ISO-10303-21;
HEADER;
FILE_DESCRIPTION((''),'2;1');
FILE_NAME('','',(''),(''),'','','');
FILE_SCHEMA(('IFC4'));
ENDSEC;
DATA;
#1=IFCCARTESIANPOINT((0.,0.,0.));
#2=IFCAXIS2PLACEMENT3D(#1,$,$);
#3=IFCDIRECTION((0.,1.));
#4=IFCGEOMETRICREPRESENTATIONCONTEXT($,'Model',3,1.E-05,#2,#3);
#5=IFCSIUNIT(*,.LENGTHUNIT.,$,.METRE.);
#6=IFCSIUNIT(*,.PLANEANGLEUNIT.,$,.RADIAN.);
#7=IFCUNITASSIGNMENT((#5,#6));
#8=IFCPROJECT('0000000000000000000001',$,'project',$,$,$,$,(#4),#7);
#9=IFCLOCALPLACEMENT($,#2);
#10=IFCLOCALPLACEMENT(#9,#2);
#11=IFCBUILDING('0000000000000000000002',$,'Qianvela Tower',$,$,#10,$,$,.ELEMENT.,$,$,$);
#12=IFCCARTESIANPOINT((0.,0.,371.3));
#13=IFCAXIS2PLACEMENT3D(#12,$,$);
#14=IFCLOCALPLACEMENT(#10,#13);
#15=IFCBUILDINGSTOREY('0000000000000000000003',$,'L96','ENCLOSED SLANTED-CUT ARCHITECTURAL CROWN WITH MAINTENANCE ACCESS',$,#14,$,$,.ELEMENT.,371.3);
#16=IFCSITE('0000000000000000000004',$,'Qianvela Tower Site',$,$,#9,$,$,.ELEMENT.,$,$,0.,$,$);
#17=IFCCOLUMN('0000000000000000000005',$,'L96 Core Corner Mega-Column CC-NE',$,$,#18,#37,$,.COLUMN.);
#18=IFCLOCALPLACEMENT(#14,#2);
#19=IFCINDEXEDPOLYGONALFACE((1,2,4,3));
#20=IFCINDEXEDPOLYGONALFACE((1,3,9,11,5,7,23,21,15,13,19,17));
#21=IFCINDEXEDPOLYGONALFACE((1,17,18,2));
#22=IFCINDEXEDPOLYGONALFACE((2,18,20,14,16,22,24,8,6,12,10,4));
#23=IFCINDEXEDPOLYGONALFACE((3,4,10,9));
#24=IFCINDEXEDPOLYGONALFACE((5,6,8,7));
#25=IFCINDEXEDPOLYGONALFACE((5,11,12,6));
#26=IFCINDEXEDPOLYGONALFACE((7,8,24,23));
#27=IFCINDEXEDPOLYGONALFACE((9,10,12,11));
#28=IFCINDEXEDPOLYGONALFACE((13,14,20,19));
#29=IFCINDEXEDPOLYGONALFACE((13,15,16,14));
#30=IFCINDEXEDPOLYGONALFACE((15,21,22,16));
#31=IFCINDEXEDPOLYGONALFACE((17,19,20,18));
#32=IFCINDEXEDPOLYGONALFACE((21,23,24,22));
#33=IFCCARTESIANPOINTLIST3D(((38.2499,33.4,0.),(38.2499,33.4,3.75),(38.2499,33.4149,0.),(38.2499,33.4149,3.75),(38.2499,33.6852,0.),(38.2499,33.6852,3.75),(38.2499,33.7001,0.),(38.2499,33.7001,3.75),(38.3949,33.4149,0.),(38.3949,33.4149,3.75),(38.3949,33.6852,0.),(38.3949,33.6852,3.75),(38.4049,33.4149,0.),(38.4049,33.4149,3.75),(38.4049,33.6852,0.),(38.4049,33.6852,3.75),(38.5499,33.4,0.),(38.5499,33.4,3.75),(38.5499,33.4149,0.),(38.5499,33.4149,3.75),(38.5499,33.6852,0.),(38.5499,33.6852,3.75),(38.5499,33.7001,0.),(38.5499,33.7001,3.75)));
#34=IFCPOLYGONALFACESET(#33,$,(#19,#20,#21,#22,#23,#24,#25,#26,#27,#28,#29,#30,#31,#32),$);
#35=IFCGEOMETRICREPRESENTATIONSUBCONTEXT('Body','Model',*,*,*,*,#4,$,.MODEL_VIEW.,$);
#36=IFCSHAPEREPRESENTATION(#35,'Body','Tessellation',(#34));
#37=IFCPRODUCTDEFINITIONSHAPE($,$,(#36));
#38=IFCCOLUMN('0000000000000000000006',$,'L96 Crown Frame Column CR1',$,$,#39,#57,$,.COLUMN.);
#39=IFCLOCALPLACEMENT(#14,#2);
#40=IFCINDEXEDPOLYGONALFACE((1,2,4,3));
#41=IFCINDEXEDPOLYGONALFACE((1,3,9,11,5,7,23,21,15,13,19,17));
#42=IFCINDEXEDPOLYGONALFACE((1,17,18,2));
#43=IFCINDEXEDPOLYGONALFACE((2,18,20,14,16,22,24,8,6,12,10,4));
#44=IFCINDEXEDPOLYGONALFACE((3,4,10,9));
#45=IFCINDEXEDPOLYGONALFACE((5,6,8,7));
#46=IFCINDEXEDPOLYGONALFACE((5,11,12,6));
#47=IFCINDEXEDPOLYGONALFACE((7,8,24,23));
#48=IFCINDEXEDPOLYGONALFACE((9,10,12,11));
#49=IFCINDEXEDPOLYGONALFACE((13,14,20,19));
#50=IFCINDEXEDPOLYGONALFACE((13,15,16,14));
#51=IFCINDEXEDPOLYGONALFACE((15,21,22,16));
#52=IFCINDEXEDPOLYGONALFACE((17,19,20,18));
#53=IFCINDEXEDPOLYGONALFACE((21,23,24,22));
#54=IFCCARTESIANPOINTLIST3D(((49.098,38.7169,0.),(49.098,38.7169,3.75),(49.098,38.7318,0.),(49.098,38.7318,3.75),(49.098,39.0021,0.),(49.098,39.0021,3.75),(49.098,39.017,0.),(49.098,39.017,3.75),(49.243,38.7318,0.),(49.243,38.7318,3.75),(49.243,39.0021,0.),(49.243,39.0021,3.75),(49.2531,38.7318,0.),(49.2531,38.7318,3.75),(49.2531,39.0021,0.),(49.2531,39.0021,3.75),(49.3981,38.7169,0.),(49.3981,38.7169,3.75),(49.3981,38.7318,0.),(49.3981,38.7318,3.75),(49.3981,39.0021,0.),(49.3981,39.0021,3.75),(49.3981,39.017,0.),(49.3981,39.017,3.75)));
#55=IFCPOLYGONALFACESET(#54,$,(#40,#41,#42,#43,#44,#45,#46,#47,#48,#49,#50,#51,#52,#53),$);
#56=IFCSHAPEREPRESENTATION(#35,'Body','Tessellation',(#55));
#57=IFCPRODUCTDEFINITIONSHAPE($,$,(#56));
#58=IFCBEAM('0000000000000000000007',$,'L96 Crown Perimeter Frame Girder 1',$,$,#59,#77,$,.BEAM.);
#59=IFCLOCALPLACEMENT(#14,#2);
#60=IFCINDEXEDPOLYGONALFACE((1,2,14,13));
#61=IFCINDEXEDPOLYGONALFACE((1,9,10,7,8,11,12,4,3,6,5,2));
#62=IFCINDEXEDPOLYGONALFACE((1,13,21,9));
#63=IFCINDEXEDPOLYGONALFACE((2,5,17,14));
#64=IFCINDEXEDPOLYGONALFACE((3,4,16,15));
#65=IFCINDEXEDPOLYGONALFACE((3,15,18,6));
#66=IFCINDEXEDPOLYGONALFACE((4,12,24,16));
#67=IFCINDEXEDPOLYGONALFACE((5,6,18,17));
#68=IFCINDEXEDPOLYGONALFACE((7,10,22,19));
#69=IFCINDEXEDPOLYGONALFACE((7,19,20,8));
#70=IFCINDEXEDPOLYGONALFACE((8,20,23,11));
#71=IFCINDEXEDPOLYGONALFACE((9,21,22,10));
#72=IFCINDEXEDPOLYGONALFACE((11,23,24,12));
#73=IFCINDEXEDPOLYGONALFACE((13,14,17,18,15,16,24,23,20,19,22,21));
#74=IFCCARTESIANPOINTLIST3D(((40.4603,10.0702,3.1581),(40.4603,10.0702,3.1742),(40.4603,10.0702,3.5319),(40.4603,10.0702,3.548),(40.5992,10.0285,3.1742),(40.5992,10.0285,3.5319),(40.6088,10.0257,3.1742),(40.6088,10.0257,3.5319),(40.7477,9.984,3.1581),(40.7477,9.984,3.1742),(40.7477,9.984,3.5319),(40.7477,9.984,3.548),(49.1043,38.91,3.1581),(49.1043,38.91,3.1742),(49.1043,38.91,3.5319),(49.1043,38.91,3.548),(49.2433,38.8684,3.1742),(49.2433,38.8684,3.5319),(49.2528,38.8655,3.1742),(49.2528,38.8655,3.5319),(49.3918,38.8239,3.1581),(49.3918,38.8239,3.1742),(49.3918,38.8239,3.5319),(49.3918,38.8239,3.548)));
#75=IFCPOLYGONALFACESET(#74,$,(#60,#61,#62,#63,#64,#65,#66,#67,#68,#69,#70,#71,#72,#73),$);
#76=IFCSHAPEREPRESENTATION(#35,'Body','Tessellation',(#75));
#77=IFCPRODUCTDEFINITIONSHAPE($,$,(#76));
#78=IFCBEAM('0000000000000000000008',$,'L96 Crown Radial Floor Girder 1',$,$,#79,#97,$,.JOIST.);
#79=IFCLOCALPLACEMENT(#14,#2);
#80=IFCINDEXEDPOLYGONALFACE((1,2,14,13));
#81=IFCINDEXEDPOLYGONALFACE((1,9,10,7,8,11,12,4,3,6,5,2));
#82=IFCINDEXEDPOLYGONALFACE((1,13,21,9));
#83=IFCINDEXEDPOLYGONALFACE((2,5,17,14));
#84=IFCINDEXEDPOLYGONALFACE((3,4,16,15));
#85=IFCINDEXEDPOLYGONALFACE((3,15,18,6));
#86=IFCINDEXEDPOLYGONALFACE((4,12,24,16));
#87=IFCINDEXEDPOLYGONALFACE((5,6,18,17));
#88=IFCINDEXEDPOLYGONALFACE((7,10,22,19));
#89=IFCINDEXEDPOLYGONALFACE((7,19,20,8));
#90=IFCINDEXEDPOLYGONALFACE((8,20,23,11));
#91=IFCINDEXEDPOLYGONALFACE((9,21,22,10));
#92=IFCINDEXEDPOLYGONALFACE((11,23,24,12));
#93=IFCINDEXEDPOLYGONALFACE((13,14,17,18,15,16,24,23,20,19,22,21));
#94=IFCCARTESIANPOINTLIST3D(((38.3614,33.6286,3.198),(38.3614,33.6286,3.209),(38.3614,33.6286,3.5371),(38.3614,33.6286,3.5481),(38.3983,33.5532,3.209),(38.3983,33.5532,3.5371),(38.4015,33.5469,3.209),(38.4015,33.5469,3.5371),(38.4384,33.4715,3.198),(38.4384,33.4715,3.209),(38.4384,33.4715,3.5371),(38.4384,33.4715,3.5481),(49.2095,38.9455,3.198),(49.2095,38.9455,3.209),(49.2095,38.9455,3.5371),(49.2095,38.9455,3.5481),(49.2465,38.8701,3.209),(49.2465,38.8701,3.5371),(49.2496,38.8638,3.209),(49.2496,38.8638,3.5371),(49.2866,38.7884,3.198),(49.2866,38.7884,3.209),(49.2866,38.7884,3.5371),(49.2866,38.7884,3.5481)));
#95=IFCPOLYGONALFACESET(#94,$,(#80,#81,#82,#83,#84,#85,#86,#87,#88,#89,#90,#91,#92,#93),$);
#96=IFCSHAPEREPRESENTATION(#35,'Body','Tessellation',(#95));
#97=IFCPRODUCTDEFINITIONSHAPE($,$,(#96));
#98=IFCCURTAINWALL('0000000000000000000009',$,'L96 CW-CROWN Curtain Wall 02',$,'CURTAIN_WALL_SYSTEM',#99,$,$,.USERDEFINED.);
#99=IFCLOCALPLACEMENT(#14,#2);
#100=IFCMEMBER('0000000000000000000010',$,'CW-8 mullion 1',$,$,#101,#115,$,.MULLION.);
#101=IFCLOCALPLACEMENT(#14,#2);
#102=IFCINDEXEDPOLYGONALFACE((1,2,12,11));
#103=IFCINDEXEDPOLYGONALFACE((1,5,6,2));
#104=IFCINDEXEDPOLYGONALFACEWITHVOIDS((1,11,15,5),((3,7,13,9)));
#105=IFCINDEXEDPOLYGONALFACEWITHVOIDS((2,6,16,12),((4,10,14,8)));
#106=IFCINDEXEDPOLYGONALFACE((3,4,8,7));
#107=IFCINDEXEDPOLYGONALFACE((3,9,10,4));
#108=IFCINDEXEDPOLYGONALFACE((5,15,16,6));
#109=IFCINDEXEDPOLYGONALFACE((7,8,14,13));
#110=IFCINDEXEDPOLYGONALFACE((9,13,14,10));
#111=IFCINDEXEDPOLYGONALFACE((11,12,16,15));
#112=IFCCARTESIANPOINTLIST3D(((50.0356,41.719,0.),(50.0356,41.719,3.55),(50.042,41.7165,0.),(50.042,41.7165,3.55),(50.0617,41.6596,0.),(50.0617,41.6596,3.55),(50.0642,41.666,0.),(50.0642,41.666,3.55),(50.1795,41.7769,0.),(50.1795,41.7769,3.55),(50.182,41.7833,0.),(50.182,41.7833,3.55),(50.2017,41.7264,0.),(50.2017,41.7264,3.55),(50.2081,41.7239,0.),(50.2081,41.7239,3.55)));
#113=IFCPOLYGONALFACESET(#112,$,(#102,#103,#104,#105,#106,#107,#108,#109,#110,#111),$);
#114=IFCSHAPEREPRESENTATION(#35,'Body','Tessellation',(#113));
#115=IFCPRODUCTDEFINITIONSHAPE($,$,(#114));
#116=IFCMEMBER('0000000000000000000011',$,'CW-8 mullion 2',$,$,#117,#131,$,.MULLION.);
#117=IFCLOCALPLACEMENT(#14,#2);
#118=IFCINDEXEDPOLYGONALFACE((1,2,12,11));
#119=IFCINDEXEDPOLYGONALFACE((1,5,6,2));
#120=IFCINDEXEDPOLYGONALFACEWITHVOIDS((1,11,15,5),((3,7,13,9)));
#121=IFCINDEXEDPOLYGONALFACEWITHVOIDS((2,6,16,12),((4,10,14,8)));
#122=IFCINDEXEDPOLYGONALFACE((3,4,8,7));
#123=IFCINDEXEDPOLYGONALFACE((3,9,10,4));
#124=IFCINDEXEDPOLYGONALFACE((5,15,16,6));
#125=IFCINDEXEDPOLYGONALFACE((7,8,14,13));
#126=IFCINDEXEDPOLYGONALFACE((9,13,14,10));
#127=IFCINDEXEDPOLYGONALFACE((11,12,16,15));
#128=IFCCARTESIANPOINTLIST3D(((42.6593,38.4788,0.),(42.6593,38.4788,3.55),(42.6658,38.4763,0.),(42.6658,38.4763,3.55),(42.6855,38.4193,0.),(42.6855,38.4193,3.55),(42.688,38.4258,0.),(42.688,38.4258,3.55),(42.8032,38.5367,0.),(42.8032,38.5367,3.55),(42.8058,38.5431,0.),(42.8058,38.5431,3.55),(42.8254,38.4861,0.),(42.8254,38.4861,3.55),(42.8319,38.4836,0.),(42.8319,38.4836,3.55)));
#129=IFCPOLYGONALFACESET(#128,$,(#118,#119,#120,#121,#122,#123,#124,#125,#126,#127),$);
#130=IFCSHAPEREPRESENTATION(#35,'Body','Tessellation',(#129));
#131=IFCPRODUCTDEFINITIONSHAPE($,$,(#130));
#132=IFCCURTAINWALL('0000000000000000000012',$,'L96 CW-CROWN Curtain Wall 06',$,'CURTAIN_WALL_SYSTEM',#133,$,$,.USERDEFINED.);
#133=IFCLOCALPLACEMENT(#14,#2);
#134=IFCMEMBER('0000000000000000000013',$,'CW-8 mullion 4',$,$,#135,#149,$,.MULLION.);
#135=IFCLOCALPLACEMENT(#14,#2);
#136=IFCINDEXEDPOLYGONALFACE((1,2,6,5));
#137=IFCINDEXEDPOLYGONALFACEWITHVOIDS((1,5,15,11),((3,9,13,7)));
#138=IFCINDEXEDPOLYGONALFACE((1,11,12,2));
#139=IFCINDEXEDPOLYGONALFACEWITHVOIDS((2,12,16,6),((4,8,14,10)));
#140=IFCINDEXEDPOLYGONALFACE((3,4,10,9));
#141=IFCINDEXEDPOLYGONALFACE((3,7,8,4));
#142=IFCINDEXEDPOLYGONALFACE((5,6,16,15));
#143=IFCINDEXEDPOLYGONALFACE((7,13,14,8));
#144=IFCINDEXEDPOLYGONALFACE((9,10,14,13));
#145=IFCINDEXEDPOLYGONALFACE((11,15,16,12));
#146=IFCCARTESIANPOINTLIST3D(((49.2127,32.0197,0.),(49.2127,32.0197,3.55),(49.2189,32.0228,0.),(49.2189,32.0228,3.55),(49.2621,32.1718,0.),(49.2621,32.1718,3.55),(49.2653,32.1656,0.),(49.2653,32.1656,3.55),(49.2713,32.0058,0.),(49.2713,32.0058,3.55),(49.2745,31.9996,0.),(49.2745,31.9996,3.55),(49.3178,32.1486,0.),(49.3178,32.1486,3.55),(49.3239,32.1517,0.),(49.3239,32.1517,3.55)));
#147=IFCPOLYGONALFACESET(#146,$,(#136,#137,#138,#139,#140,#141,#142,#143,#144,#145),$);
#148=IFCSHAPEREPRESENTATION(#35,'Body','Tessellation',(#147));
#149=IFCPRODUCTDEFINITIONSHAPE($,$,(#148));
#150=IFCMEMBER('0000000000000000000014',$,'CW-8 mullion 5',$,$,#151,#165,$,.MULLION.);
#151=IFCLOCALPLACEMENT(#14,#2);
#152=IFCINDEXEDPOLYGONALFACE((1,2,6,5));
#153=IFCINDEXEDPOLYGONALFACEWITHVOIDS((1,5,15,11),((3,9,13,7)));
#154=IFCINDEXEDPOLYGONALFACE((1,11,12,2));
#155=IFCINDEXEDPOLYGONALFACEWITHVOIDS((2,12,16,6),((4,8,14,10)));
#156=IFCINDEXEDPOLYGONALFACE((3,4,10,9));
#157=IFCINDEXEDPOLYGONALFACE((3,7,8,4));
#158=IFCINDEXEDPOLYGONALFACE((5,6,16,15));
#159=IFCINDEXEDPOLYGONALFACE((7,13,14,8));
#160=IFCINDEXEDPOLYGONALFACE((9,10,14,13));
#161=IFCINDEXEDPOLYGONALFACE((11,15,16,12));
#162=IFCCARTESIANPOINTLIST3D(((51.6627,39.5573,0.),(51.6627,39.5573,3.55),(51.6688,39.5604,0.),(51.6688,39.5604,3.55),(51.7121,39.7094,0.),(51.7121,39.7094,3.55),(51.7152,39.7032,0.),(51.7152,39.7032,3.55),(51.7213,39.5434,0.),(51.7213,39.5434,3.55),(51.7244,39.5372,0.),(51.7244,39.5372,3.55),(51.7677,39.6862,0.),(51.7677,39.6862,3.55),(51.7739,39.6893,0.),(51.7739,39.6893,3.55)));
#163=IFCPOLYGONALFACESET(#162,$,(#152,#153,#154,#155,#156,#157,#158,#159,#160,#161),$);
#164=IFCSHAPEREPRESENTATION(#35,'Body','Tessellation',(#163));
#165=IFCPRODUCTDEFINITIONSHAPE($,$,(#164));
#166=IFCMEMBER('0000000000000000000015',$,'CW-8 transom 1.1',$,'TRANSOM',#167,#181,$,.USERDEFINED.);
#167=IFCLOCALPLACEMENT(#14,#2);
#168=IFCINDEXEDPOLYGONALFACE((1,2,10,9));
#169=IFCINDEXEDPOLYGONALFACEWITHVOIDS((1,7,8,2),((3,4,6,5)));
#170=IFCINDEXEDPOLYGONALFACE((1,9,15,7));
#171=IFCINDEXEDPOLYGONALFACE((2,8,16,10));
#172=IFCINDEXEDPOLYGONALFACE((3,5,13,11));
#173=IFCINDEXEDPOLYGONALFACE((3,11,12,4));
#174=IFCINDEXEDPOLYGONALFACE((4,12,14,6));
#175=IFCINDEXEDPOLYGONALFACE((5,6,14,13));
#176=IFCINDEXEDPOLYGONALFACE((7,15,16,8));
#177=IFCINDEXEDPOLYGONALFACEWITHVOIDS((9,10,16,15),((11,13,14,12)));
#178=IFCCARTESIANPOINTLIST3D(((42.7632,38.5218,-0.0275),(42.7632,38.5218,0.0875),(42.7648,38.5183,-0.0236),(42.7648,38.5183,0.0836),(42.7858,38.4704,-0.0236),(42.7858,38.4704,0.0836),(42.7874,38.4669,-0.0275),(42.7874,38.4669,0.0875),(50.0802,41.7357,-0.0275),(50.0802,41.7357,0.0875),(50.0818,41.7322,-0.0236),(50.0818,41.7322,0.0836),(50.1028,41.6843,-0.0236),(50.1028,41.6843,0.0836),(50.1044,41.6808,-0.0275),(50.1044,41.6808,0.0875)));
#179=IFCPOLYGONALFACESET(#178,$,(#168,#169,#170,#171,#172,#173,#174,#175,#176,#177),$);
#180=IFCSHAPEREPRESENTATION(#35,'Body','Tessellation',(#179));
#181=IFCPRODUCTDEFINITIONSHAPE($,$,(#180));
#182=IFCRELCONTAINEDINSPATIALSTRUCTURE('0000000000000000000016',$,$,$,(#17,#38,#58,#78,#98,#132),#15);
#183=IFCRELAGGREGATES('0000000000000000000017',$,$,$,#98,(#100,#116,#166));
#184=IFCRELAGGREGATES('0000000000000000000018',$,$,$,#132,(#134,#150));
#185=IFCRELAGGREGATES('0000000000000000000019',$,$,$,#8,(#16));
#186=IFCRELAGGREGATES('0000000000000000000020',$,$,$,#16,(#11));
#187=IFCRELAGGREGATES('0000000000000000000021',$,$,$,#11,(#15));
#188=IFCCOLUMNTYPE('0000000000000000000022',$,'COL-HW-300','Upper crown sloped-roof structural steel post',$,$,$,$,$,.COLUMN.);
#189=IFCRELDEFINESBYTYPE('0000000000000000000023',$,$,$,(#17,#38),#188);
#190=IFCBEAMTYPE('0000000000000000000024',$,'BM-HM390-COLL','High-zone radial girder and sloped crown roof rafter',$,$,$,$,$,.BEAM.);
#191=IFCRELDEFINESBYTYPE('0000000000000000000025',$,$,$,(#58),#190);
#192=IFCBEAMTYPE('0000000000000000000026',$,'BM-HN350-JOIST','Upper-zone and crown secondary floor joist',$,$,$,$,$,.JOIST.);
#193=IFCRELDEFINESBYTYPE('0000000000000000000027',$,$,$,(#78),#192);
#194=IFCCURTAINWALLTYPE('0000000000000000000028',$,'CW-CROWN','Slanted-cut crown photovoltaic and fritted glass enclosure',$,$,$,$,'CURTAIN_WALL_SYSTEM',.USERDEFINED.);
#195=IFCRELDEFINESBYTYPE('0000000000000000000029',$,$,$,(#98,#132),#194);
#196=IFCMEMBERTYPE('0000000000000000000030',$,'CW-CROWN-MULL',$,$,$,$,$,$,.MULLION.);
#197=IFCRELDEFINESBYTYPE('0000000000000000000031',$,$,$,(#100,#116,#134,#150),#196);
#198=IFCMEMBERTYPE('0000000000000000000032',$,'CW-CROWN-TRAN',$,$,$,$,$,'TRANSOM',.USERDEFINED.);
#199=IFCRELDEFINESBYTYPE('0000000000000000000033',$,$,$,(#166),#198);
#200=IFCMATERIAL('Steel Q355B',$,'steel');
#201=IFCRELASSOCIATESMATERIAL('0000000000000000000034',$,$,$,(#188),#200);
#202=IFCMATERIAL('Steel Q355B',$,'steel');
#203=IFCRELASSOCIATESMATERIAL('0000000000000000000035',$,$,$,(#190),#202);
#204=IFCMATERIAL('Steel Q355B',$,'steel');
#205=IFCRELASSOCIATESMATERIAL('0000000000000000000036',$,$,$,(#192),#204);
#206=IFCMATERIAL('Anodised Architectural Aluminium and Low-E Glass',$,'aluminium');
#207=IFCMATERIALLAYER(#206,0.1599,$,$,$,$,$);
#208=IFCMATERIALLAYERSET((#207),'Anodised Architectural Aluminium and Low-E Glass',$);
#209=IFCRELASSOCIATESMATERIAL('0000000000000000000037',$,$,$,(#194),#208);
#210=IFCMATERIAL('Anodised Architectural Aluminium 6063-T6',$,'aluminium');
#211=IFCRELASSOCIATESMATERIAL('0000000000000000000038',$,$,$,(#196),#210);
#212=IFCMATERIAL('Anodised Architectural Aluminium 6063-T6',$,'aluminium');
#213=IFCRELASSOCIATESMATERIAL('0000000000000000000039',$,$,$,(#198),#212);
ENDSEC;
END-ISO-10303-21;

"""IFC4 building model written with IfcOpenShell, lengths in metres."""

from ifc_helpers import new_model, si_unit, direction, frame, origin, origin_2d, place, context, subcontext, project, spatial, hollow_rectangle, i_section, extrude, material, layer, layer_set, material_profile, profile_set, type_object, element, aggregate, save


model = new_model("IFC4")

# Units and contexts
model_context = context("Model", 3, precision=1e-05, world=origin(), true_north=direction((0.0, 1.0)))
body_context = subcontext(model_context, "Body", "Model", "MODEL_VIEW")
ifc_project = project(units=[si_unit("LENGTHUNIT", "METRE"), si_unit("PLANEANGLEUNIT", "RADIAN")], contexts=[model_context])

# Site, building, storey
site_placement = place(None, origin())
site = spatial("IfcSite", under=ifc_project, at=site_placement, Name="Qianvela Tower Site", CompositionType="ELEMENT", RefElevation=0.0)
building_placement = place(site_placement, origin())
building = spatial("IfcBuilding", under=site, at=building_placement, Name="Qianvela Tower", CompositionType="ELEMENT")
storey_placement = place(building_placement, frame((0.0, 0.0, 371.3)))
storey = spatial("IfcBuildingStorey", under=building, at=storey_placement, Name="L96", Description="ENCLOSED SLANTED-CUT ARCHITECTURAL CROWN WITH MAINTENANCE ACCESS", CompositionType="ELEMENT", Elevation=371.3)

# Columns
ifc_material_1 = material(Name="Steel Q355B", Category="steel")
ifc_material_profile_1 = material_profile(ifc_material_1, i_section(OverallWidth=0.3, OverallDepth=0.3, WebThickness=0.01, FlangeThickness=0.0149, at=origin_2d()), Name="HW300x300x10x15")
ifc_profile_set_1 = profile_set([ifc_material_profile_1], Name="Steel Q355B")
column_type = type_object("IfcColumnType", Name="COL-HW-300", Description="Upper crown sloped-roof structural steel post", PredefinedType="COLUMN", material=ifc_profile_set_1)
for number, where, z_axis, x_axis, name in (
    (1, (38.3999, 33.55, 0.0), (0.0, 0.0, 1.0), (1.0, 0.0, 0.0), "L96 Core Corner Mega-Column CC-NE"),
    (2, (49.248, 38.8669, 0.0), (0.0, 0.0, 1.0), (1.0, 0.0, 0.0), "L96 Crown Frame Column CR1"),
):
    element("IfcColumn", number, at=place(storey_placement, frame(where, z_axis=z_axis, x_axis=x_axis)), inside=storey, type_object=column_type, Name=name, PredefinedType="COLUMN", context=body_context, shape_type="SweptSolid", body=[
        extrude(i_section(OverallWidth=0.3, OverallDepth=0.3, WebThickness=0.01, FlangeThickness=0.0149, at=origin_2d()), origin(), (0.0, 0.0, 1.0), 3.75),
    ])

# Beams
ifc_material_2 = material(Name="Steel Q355B", Category="steel")
ifc_material_profile_2 = material_profile(ifc_material_2, i_section(OverallWidth=0.3, OverallDepth=0.3899, WebThickness=0.01, FlangeThickness=0.0161, at=origin_2d()), Name="HM390x300x10x16")
ifc_profile_set_2 = profile_set([ifc_material_profile_2], Name="Steel Q355B")
beam_type_1 = type_object("IfcBeamType", Name="BM-HM390-COLL", Description="High-zone radial girder and sloped crown roof rafter", PredefinedType="BEAM", material=ifc_profile_set_2)
beam_1_placement = place(storey_placement, frame((49.248, 38.8669, 3.353), z_axis=(-0.287107, -0.957899, 0.0), x_axis=(0.957899, -0.287107, 0.0)))
element("IfcBeam", 3, at=beam_1_placement, inside=storey, type_object=beam_type_1, Name="L96 Crown Perimeter Frame Girder 1", PredefinedType="BEAM", context=body_context, shape_type="SweptSolid", body=[
    extrude(i_section(OverallWidth=0.3, OverallDepth=0.3899, WebThickness=0.01, FlangeThickness=0.0161, at=origin_2d()), origin(), (0.0, 0.0, 1.0), 30.1074),
])
ifc_material_3 = material(Name="Steel Q355B", Category="steel")
ifc_material_profile_3 = material_profile(ifc_material_3, i_section(OverallWidth=0.175, OverallDepth=0.3501, WebThickness=0.0071, FlangeThickness=0.011, at=origin_2d()), Name="HN350x175x7x11")
ifc_profile_set_3 = profile_set([ifc_material_profile_3], Name="Steel Q355B")
beam_type_2 = type_object("IfcBeamType", Name="BM-HN350-JOIST", Description="Upper-zone and crown secondary floor joist", PredefinedType="JOIST", material=ifc_profile_set_3)
beam_2_placement = place(storey_placement, frame((38.3999, 33.55, 3.373), z_axis=(0.897948, 0.440102, 0.0), x_axis=(-0.440102, 0.897948, 0.0)))
element("IfcBeam", 4, at=beam_2_placement, inside=storey, type_object=beam_type_2, Name="L96 Crown Radial Floor Girder 1", PredefinedType="JOIST", context=body_context, shape_type="SweptSolid", body=[
    extrude(i_section(OverallWidth=0.175, OverallDepth=0.3501, WebThickness=0.0071, FlangeThickness=0.011, at=origin_2d()), origin(), (0.0, 0.0, 1.0), 12.0811),
])

# Curtain walls, members
ifc_material_4 = material(Name="Anodised Architectural Aluminium and Low-E Glass", Category="aluminium")
ifc_layer_1 = layer(ifc_material_4, 0.1599)
ifc_layer_set_1 = layer_set([ifc_layer_1], Name="Anodised Architectural Aluminium and Low-E Glass")
curtain_wall_type = type_object("IfcCurtainWallType", Name="CW-CROWN", Description="Slanted-cut crown photovoltaic and fritted glass enclosure", ElementType="CURTAIN_WALL_SYSTEM", PredefinedType="USERDEFINED", material=ifc_layer_set_1)
curtain_wall_1_placement = place(storey_placement, origin())
curtain_wall_1 = element("IfcCurtainWall", 5, at=curtain_wall_1_placement, inside=storey, type_object=curtain_wall_type, Name="L96 CW-CROWN Curtain Wall 02", ObjectType="CURTAIN_WALL_SYSTEM", PredefinedType="USERDEFINED")
ifc_material_5 = material(Name="Anodised Architectural Aluminium 6063-T6", Category="aluminium")
ifc_material_profile_4 = material_profile(ifc_material_5, hollow_rectangle(XDim=0.0649, YDim=0.1599, WallThickness=0.0049, at=origin_2d()), Name="ALU-MULL-65x160")
ifc_profile_set_4 = profile_set([ifc_material_profile_4], Name="Anodised Architectural Aluminium 6063-T6")
member_type_1 = type_object("IfcMemberType", Name="CW-CROWN-MULL", PredefinedType="MULLION", material=ifc_profile_set_4)
member_1_placement = place(storey_placement, frame((50.1218, 41.7214, 0.0), z_axis=(0.0, 0.0, 1.0), x_axis=(0.40217, -0.915565, 0.0)))
member_1 = element("IfcMember", 6, at=member_1_placement, type_object=member_type_1, Name="CW-8 mullion 1", PredefinedType="MULLION", context=body_context, shape_type="SweptSolid", body=[
    extrude(hollow_rectangle(XDim=0.0649, YDim=0.1599, WallThickness=0.0049, at=origin_2d()), origin(), (0.0, 0.0, 1.0), 3.55),
])
member_2_placement = place(storey_placement, frame((42.7456, 38.4812, 0.0), z_axis=(0.0, 0.0, 1.0), x_axis=(0.40217, -0.915565, 0.0)))
member_2 = element("IfcMember", 7, at=member_2_placement, type_object=member_type_1, Name="CW-8 mullion 2", PredefinedType="MULLION", context=body_context, shape_type="SweptSolid", body=[
    extrude(hollow_rectangle(XDim=0.0649, YDim=0.1599, WallThickness=0.0049, at=origin_2d()), origin(), (0.0, 0.0, 1.0), 3.55),
])
curtain_wall_2_placement = place(storey_placement, origin())
curtain_wall_2 = element("IfcCurtainWall", 8, at=curtain_wall_2_placement, inside=storey, type_object=curtain_wall_type, Name="L96 CW-CROWN Curtain Wall 06", ObjectType="CURTAIN_WALL_SYSTEM", PredefinedType="USERDEFINED")
member_3_placement = place(storey_placement, frame((49.2683, 32.0857, 0.0), z_axis=(0.0, 0.0, 1.0), x_axis=(-0.951027, 0.309108, 0.0)))
member_3 = element("IfcMember", 9, at=member_3_placement, type_object=member_type_1, Name="CW-8 mullion 4", PredefinedType="MULLION", context=body_context, shape_type="SweptSolid", body=[
    extrude(hollow_rectangle(XDim=0.0649, YDim=0.1599, WallThickness=0.0049, at=origin_2d()), origin(), (0.0, 0.0, 1.0), 3.55),
])
member_4_placement = place(storey_placement, frame((51.7183, 39.6233, 0.0), z_axis=(0.0, 0.0, 1.0), x_axis=(-0.951027, 0.309108, 0.0)))
member_4 = element("IfcMember", 10, at=member_4_placement, type_object=member_type_1, Name="CW-8 mullion 5", PredefinedType="MULLION", context=body_context, shape_type="SweptSolid", body=[
    extrude(hollow_rectangle(XDim=0.0649, YDim=0.1599, WallThickness=0.0049, at=origin_2d()), origin(), (0.0, 0.0, 1.0), 3.55),
])

# Member
ifc_material_6 = material(Name="Anodised Architectural Aluminium 6063-T6", Category="aluminium")
ifc_material_profile_5 = material_profile(ifc_material_6, hollow_rectangle(XDim=0.0601, YDim=0.115, WallThickness=0.0039, at=origin_2d()), Name="ALU-TRAN-60x115")
ifc_profile_set_5 = profile_set([ifc_material_profile_5], Name="Anodised Architectural Aluminium 6063-T6")
member_type_2 = type_object("IfcMemberType", Name="CW-CROWN-TRAN", ElementType="TRANSOM", PredefinedType="USERDEFINED", material=ifc_profile_set_5)
member_5_placement = place(storey_placement, frame((50.0923, 41.7083, 0.03), z_axis=(-0.915572, -0.402155, 0.0), x_axis=(0.402155, -0.915572, 0.0)))
member_5 = element("IfcMember", 11, at=member_5_placement, type_object=member_type_2, Name="CW-8 transom 1.1", ObjectType="TRANSOM", PredefinedType="USERDEFINED", context=body_context, shape_type="SweptSolid", body=[
    extrude(hollow_rectangle(XDim=0.0601, YDim=0.115, WallThickness=0.0039, at=origin_2d()), origin(), (0.0, 0.0, 1.0), 7.9917),
])

aggregate(curtain_wall_1, [member_1, member_2, member_5])
aggregate(curtain_wall_2, [member_3, member_4])

save(model, "model.ifc")
